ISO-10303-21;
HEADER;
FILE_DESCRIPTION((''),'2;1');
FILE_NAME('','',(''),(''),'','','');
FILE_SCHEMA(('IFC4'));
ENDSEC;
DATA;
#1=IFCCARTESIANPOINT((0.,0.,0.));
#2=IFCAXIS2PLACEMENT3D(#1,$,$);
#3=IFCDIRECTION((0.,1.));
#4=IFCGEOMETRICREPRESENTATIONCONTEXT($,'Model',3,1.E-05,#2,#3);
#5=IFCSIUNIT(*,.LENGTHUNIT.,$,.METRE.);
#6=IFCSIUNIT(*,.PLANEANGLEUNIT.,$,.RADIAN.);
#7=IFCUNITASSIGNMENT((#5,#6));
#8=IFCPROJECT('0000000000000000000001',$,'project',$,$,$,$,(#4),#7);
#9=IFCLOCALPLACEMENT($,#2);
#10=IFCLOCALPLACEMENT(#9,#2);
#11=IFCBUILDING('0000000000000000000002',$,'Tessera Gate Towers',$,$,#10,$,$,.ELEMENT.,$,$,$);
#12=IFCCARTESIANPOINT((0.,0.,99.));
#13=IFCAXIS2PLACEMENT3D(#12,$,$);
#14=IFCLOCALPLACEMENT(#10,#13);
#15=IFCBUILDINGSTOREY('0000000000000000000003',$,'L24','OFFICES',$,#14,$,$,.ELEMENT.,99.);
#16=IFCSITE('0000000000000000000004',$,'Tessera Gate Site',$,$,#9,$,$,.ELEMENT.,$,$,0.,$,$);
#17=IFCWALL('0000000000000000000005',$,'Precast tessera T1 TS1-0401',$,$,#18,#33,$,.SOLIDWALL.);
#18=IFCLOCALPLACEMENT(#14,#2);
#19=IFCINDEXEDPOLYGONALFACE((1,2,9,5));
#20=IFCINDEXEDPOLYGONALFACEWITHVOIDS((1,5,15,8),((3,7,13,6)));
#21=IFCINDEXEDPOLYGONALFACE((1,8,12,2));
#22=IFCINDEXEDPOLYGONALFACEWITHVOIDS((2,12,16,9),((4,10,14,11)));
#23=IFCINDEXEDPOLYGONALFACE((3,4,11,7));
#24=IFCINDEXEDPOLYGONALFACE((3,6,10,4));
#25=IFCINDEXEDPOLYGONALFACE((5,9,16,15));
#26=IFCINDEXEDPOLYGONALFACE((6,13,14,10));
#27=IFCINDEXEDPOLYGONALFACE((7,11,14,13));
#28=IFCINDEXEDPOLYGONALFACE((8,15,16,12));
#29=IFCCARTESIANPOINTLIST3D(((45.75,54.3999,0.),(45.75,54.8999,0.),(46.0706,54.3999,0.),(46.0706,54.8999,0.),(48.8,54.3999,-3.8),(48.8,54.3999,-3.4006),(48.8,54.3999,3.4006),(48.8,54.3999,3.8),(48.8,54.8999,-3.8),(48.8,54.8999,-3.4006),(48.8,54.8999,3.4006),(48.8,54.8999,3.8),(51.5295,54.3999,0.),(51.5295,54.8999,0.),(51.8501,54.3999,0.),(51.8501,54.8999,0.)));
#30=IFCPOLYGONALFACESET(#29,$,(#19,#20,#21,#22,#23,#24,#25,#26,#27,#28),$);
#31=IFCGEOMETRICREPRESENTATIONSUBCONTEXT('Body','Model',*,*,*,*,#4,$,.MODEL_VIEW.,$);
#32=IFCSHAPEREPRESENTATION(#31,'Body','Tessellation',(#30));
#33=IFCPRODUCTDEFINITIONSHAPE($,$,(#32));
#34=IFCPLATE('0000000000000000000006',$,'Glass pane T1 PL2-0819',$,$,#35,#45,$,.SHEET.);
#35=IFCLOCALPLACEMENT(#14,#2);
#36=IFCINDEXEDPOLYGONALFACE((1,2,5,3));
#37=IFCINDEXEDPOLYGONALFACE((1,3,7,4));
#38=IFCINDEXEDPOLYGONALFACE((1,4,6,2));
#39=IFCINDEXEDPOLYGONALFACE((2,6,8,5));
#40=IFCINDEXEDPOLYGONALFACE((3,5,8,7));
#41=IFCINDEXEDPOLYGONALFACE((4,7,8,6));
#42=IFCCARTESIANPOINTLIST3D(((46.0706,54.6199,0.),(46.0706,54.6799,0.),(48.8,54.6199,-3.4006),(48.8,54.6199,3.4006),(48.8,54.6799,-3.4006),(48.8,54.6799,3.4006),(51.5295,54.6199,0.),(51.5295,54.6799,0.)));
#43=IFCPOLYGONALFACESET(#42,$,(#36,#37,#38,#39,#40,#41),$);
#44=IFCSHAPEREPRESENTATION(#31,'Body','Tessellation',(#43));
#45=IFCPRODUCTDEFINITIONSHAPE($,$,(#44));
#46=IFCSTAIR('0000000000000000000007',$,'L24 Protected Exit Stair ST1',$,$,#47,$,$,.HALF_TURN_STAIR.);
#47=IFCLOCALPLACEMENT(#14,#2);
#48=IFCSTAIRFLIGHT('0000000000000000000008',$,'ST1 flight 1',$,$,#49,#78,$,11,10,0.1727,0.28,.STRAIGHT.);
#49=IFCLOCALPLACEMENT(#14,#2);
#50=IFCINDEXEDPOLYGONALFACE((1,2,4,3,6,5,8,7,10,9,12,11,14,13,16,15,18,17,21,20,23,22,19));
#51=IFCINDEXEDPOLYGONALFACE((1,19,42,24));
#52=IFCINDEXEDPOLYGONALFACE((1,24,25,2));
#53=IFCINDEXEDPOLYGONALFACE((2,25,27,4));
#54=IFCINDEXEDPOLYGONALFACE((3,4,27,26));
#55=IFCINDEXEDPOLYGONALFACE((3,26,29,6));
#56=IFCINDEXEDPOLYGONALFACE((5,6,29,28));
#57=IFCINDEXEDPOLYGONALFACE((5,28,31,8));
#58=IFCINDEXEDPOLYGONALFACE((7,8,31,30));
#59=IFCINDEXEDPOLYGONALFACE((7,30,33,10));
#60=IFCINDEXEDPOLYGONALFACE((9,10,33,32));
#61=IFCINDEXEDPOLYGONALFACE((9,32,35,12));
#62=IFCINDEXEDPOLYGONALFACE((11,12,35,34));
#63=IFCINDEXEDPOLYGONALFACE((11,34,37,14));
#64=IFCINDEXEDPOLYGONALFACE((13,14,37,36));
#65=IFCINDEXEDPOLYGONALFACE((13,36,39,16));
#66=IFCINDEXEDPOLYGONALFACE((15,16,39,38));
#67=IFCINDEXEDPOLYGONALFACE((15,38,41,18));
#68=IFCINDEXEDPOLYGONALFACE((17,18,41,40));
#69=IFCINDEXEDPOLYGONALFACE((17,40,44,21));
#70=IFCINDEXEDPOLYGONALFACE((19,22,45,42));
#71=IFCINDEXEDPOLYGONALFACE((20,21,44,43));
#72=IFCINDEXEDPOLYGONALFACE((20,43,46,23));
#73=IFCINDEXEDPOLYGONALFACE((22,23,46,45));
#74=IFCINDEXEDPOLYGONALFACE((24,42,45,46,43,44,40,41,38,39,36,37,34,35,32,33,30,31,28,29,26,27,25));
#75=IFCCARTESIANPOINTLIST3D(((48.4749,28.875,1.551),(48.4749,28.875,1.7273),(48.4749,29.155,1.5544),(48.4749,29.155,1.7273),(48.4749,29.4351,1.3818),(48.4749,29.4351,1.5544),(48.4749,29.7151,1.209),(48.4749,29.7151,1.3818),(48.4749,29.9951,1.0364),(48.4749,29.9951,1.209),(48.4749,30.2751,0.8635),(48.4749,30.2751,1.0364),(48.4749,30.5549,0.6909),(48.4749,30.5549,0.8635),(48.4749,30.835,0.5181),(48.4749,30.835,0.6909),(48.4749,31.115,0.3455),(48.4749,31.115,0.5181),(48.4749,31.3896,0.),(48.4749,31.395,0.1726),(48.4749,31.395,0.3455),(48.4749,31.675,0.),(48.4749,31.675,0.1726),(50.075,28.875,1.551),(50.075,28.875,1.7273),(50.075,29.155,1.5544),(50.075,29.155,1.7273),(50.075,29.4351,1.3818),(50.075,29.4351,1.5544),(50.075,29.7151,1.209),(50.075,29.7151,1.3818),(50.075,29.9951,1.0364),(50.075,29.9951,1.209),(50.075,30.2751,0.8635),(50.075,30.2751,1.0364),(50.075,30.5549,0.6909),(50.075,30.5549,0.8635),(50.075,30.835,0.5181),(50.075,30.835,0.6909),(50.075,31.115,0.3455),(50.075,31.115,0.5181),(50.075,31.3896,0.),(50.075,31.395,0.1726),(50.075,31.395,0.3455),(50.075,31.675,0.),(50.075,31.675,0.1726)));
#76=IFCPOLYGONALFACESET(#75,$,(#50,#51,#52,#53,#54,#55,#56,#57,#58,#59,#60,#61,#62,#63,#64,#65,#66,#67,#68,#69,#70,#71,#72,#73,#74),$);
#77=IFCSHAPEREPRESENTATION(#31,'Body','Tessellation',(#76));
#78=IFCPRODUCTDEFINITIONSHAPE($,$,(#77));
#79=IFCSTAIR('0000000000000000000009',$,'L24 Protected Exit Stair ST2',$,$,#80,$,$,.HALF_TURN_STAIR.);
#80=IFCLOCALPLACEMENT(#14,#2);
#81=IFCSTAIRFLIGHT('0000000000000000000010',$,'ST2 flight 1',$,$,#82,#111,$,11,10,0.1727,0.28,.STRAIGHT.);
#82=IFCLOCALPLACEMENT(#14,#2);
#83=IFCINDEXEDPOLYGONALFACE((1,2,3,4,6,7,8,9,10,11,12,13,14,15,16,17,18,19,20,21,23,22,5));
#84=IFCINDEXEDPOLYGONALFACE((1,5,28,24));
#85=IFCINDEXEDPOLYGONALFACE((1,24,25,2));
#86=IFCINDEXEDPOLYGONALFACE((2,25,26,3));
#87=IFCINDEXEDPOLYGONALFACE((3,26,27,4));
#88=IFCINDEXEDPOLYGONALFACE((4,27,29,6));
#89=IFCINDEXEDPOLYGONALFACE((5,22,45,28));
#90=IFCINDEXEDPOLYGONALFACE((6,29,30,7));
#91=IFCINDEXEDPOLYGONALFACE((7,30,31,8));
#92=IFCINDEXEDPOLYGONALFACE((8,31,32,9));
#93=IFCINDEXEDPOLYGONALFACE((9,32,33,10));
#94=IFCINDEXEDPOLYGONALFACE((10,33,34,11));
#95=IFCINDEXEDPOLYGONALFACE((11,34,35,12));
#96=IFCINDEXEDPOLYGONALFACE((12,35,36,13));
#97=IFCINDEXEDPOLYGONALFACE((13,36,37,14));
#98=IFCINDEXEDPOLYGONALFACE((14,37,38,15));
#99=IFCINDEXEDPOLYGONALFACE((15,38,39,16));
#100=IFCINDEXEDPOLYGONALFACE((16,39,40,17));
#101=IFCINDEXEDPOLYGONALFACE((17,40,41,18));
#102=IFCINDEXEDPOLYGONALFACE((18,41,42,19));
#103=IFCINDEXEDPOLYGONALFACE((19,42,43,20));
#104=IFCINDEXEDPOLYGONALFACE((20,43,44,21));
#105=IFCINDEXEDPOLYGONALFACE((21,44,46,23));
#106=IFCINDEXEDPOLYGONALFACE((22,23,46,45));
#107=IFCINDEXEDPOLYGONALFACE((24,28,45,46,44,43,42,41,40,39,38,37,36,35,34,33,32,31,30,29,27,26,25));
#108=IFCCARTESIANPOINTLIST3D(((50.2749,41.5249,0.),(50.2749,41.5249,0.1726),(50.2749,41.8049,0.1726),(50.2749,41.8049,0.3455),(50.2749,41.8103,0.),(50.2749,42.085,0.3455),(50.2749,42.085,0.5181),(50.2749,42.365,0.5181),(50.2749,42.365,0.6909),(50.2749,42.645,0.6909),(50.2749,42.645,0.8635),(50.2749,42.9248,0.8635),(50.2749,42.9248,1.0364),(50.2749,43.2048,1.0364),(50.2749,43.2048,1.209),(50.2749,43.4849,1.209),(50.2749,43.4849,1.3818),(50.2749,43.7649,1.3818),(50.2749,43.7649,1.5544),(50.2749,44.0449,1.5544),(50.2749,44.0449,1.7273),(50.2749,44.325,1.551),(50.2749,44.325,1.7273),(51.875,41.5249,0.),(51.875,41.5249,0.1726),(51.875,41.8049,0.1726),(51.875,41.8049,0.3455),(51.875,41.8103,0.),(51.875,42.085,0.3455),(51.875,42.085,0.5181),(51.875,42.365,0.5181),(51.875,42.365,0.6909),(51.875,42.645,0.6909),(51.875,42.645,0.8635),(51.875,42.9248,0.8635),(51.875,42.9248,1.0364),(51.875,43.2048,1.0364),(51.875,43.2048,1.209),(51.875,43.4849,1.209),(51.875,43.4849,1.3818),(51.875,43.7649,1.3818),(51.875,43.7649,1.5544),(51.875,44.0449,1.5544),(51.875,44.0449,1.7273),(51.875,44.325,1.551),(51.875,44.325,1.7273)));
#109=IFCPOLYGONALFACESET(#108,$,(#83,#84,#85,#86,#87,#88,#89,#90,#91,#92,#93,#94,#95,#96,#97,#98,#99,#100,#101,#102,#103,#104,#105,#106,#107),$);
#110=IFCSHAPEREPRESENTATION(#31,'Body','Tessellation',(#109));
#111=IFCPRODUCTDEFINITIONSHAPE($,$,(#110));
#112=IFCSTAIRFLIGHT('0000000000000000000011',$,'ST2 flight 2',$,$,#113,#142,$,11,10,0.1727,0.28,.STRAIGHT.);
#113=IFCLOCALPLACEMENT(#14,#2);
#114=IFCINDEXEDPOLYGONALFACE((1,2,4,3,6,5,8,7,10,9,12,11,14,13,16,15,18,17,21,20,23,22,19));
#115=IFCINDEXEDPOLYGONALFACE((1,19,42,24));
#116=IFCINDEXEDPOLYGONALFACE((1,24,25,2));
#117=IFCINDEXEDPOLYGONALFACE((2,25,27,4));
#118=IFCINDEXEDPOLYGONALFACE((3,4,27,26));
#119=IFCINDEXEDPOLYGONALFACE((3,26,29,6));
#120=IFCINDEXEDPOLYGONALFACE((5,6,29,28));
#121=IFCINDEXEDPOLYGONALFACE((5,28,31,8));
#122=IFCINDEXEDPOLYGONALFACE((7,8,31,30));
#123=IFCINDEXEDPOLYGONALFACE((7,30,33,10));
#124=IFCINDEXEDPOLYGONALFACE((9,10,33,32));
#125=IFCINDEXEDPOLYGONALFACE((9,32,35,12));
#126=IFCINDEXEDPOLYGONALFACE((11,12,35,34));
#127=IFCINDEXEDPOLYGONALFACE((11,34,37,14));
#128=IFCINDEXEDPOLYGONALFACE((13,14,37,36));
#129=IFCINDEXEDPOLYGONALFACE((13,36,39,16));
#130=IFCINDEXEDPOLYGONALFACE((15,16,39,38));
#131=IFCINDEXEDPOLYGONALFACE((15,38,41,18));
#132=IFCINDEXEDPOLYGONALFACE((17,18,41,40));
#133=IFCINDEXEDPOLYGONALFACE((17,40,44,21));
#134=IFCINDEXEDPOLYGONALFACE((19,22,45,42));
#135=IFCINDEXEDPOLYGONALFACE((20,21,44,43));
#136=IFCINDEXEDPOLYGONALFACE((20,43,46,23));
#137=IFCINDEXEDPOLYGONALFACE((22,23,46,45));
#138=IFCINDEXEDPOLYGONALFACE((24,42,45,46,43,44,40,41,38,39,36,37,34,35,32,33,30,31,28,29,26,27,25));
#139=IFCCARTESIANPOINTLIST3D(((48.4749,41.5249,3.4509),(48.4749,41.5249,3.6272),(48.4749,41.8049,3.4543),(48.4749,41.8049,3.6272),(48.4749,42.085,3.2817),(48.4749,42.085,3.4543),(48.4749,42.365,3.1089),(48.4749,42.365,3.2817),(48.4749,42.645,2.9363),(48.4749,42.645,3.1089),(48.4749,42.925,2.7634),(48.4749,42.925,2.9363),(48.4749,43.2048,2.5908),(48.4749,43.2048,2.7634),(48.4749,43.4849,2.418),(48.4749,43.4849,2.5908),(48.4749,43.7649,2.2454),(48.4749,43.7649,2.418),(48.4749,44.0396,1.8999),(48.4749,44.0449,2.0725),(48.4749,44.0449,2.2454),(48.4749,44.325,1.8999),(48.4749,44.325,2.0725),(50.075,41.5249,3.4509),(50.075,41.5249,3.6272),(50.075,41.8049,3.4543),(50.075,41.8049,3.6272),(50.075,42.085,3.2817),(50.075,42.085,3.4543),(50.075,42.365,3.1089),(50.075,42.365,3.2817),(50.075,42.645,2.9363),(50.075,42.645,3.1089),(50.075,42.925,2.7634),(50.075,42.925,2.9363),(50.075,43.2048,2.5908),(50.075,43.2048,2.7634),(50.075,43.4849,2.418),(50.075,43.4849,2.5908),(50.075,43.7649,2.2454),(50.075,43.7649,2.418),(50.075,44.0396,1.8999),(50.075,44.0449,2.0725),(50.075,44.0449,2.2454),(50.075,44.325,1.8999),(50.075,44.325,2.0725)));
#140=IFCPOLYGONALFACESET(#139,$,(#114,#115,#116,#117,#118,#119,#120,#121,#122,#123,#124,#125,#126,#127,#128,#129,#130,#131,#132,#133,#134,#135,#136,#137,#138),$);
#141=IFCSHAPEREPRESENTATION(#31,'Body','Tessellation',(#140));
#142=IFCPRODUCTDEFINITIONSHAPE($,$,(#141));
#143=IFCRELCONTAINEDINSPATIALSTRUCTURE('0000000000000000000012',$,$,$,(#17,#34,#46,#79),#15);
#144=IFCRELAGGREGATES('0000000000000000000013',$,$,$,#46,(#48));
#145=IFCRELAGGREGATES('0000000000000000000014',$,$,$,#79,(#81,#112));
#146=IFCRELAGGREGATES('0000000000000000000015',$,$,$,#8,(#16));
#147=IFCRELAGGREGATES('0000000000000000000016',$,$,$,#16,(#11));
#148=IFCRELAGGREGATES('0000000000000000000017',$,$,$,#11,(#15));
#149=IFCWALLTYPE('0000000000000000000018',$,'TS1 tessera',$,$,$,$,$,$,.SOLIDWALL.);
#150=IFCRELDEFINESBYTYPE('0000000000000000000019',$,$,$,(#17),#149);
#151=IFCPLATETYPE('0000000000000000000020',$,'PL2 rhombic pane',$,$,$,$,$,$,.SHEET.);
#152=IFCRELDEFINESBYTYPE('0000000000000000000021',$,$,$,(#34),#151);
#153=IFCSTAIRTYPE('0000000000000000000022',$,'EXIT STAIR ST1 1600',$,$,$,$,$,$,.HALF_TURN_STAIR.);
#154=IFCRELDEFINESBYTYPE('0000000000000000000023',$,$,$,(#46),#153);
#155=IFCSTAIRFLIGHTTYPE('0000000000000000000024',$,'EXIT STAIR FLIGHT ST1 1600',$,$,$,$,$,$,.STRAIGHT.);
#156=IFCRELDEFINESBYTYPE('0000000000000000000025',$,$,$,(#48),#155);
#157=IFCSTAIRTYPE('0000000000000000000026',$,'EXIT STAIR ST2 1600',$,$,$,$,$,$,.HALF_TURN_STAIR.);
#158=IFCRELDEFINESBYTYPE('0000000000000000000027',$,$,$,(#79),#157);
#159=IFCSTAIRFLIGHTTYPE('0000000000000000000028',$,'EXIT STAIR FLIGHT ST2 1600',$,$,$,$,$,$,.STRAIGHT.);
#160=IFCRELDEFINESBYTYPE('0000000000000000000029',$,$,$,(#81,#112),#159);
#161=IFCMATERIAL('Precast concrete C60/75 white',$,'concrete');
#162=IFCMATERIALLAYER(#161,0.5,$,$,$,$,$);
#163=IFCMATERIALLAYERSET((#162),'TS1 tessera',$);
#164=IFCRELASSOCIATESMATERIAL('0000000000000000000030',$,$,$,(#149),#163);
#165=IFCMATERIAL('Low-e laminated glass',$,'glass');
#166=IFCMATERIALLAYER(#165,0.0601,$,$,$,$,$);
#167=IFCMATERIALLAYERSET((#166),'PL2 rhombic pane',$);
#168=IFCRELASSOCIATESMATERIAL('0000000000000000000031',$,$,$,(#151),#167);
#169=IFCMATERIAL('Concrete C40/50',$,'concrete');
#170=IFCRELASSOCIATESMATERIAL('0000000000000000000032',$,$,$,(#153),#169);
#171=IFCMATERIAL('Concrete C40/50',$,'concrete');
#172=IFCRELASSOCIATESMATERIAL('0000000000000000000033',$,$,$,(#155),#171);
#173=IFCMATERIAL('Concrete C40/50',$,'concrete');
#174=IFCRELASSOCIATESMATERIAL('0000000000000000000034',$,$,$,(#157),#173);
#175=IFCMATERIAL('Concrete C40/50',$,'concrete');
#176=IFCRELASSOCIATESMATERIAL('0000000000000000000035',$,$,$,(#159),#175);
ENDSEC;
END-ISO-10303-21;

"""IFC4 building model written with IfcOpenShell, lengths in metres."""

from ifc_helpers import new_model, si_unit, direction, frame, origin, place, context, subcontext, project, spatial, polyline, outline, extrude, source, transform, mapped, material, layer, layer_set, type_object, element, fill, aggregate, save


model = new_model("IFC4")

# Units and contexts
model_context = context("Model", 3, precision=1e-05, world=origin(), true_north=direction((0.0, 1.0)))
body_context = subcontext(model_context, "Body", "Model", "MODEL_VIEW")
ifc_project = project(units=[si_unit("LENGTHUNIT", "METRE"), si_unit("PLANEANGLEUNIT", "RADIAN")], contexts=[model_context])

# Site, building, storey
site_placement = place(None, origin())
site = spatial("IfcSite", under=ifc_project, at=site_placement, Name="Tessera Gate Site", CompositionType="ELEMENT", RefElevation=0.0)
building_placement = place(site_placement, origin())
building = spatial("IfcBuilding", under=site, at=building_placement, Name="Tessera Gate Towers", CompositionType="ELEMENT")
storey_placement = place(building_placement, frame((0.0, 0.0, 99.0)))
storey = spatial("IfcBuildingStorey", under=building, at=storey_placement, Name="L24", Description="OFFICES", CompositionType="ELEMENT", Elevation=99.0)

# Wall, opening, plate
ifc_material_1 = material(Name="Precast concrete C60/75 white", Category="concrete")
ifc_layer_1 = layer(ifc_material_1, 0.5)
ifc_layer_set_1 = layer_set([ifc_layer_1], Name="TS1 tessera")
wall_type_1 = type_object("IfcWallType", Name="TS1 tessera", PredefinedType="SOLIDWALL", material=ifc_layer_set_1)
shared_shape_1 = source(origin(), body_context, "Body", "SweptSolid", [
    extrude(outline(polyline([(3.05, 0.0), (6.1001, 3.8), (3.05, 7.6001), (0.0, 3.8), (3.05, 0.0)])), frame((0.0, 0.25, 0.0), z_axis=(0.0, -1.0, 0.0), x_axis=(1.0, 0.0, 0.0)), (0.0, 0.0, 1.0), 0.5),
])
wall_1_placement = place(storey_placement, frame((51.8501, 54.6499, -3.8), z_axis=(0.0, 0.0, 1.0), x_axis=(-1.0, 0.0, 0.0)))
wall_1 = element("IfcWall", 1, at=wall_1_placement, inside=storey, type_object=wall_type_1, Name="Precast tessera T1 TS1-0401", PredefinedType="SOLIDWALL", context=body_context, shape_type="MappedRepresentation", body=[
    mapped(shared_shape_1, transform((0.0, 0.0, 0.0), scale=1.0)),
])
shared_shape_2 = source(origin(), body_context, "Body", "SweptSolid", [
    extrude(outline(polyline([(3.05, 0.3994), (5.7795, 3.8), (3.05, 7.2007), (0.3206, 3.8), (3.05, 0.3994)])), frame((0.0, 0.26, 0.0), z_axis=(0.0, -1.0, 0.0), x_axis=(1.0, 0.0, 0.0)), (0.0, 0.0, 1.0), 0.52),
])
opening_1_placement = place(wall_1_placement, origin())
opening_1 = element("IfcOpeningElement", 2, at=opening_1_placement, cuts=wall_1, PredefinedType="OPENING", context=body_context, shape_type="MappedRepresentation", body=[
    mapped(shared_shape_2, transform((0.0, 0.0, 0.0), scale=1.0)),
])
ifc_material_2 = material(Name="Low-e laminated glass", Category="glass")
ifc_layer_2 = layer(ifc_material_2, 0.0601)
ifc_layer_set_2 = layer_set([ifc_layer_2], Name="PL2 rhombic pane")
plate_type = type_object("IfcPlateType", Name="PL2 rhombic pane", PredefinedType="SHEET", material=ifc_layer_set_2)
shared_shape_3 = source(origin(), body_context, "Body", "SweptSolid", [
    extrude(outline(polyline([(3.05, 0.3994), (5.7795, 3.8), (3.05, 7.2007), (0.3206, 3.8), (3.05, 0.3994)])), frame((0.0, 0.03, 0.0), z_axis=(0.0, -1.0, 0.0), x_axis=(1.0, 0.0, 0.0)), (0.0, 0.0, 1.0), 0.0601),
])
plate_placement = place(opening_1_placement, origin())
plate = element("IfcPlate", 3, at=plate_placement, inside=storey, type_object=plate_type, Name="Glass pane T1 PL2-0819", PredefinedType="SHEET", context=body_context, shape_type="MappedRepresentation", body=[
    mapped(shared_shape_3, transform((0.0, 0.0, 0.0), scale=1.0)),
])
fill(opening_1, plate)

# Stair, stair flight
ifc_material_3 = material(Name="Concrete C40/50", Category="concrete")
stair_type_1 = type_object("IfcStairType", Name="EXIT STAIR ST1 1600", PredefinedType="HALF_TURN_STAIR", material=ifc_material_3)
stair_1_placement = place(storey_placement, origin())
stair_1 = element("IfcStair", 4, at=stair_1_placement, inside=storey, type_object=stair_type_1, Name="L24 Protected Exit Stair ST1", PredefinedType="HALF_TURN_STAIR")
ifc_material_4 = material(Name="Concrete C40/50", Category="concrete")
stair_flight_type_1 = type_object("IfcStairFlightType", Name="EXIT STAIR FLIGHT ST1 1600", PredefinedType="STRAIGHT", material=ifc_material_4)
stair_flight_1_placement = place(storey_placement, frame((49.2749, 31.675, 0.0), z_axis=(0.0, 0.0, 1.0), x_axis=(0.0, -1.0, 0.0)))
stair_flight_1 = element("IfcStairFlight", 5, at=stair_flight_1_placement, type_object=stair_flight_type_1, Name="ST1 flight 1", NumberOfRisers=11, NumberOfTreads=10, PredefinedType="STRAIGHT", RiserHeight=0.1727, TreadLength=0.28, context=body_context, shape_type="SweptSolid", body=[
    extrude(outline(polyline([(0.0, 0.0), (0.0, 0.1726), (0.28, 0.1726), (0.28, 0.3455), (0.5601, 0.3455), (0.5601, 0.5181), (0.8401, 0.5181), (0.8401, 0.6909), (1.1201, 0.6909), (1.1201, 0.8635), (1.3999, 0.8635), (1.3999, 1.0364), (1.6799, 1.0364), (1.6799, 1.209), (1.96, 1.209), (1.96, 1.3818), (2.24, 1.3818), (2.24, 1.5544), (2.52, 1.5544), (2.52, 1.7273), (2.8, 1.7273), (2.8, 1.8999), (2.8, 1.551), (0.2854, 0.0), (0.0, 0.0)])), frame((0.0, 0.8, 0.0), z_axis=(0.0, -1.0, 0.0), x_axis=(1.0, 0.0, 0.0)), (0.0, 0.0, 1.0), 1.6001),
])
aggregate(stair_1, [stair_flight_1])

# Stair, stair flights
ifc_material_5 = material(Name="Concrete C40/50", Category="concrete")
stair_type_2 = type_object("IfcStairType", Name="EXIT STAIR ST2 1600", PredefinedType="HALF_TURN_STAIR", material=ifc_material_5)
stair_2_placement = place(storey_placement, origin())
stair_2 = element("IfcStair", 6, at=stair_2_placement, inside=storey, type_object=stair_type_2, Name="L24 Protected Exit Stair ST2", PredefinedType="HALF_TURN_STAIR")
ifc_material_6 = material(Name="Concrete C40/50", Category="concrete")
stair_flight_type_2 = type_object("IfcStairFlightType", Name="EXIT STAIR FLIGHT ST2 1600", PredefinedType="STRAIGHT", material=ifc_material_6)
stair_flight_2_placement = place(storey_placement, frame((51.075, 41.5249, 0.0), z_axis=(0.0, 0.0, 1.0), x_axis=(0.0, 1.0, 0.0)))
stair_flight_2 = element("IfcStairFlight", 7, at=stair_flight_2_placement, type_object=stair_flight_type_2, Name="ST2 flight 1", NumberOfRisers=11, NumberOfTreads=10, PredefinedType="STRAIGHT", RiserHeight=0.1727, TreadLength=0.28, context=body_context, shape_type="SweptSolid", body=[
    extrude(outline(polyline([(0.0, 0.0), (0.0, 0.1726), (0.28, 0.1726), (0.28, 0.3455), (0.5601, 0.3455), (0.5601, 0.5181), (0.8401, 0.5181), (0.8401, 0.6909), (1.1201, 0.6909), (1.1201, 0.8635), (1.3999, 0.8635), (1.3999, 1.0364), (1.6799, 1.0364), (1.6799, 1.209), (1.96, 1.209), (1.96, 1.3818), (2.24, 1.3818), (2.24, 1.5544), (2.52, 1.5544), (2.52, 1.7273), (2.8, 1.7273), (2.8, 1.8999), (2.8, 1.551), (0.2854, 0.0), (0.0, 0.0)])), frame((0.0, 0.8, 0.0), z_axis=(0.0, -1.0, 0.0), x_axis=(1.0, 0.0, 0.0)), (0.0, 0.0, 1.0), 1.6001),
])
stair_flight_3_placement = place(storey_placement, frame((49.2749, 44.325, 1.8999), z_axis=(0.0, 0.0, 1.0), x_axis=(0.0, -1.0, 0.0)))
stair_flight_3 = element("IfcStairFlight", 8, at=stair_flight_3_placement, type_object=stair_flight_type_2, Name="ST2 flight 2", NumberOfRisers=11, NumberOfTreads=10, PredefinedType="STRAIGHT", RiserHeight=0.1727, TreadLength=0.28, context=body_context, shape_type="SweptSolid", body=[
    extrude(outline(polyline([(0.0, 0.0), (0.0, 0.1726), (0.28, 0.1726), (0.28, 0.3455), (0.5601, 0.3455), (0.5601, 0.5181), (0.8401, 0.5181), (0.8401, 0.6909), (1.1201, 0.6909), (1.1201, 0.8635), (1.3999, 0.8635), (1.3999, 1.0364), (1.6799, 1.0364), (1.6799, 1.209), (1.96, 1.209), (1.96, 1.3818), (2.24, 1.3818), (2.24, 1.5544), (2.52, 1.5544), (2.52, 1.7273), (2.8, 1.7273), (2.8, 1.8999), (2.8, 1.551), (0.2854, 0.0), (0.0, 0.0)])), frame((0.0, 0.8, 0.0), z_axis=(0.0, -1.0, 0.0), x_axis=(1.0, 0.0, 0.0)), (0.0, 0.0, 1.0), 1.6001),
])
aggregate(stair_2, [stair_flight_2, stair_flight_3])

save(model, "model.ifc")
